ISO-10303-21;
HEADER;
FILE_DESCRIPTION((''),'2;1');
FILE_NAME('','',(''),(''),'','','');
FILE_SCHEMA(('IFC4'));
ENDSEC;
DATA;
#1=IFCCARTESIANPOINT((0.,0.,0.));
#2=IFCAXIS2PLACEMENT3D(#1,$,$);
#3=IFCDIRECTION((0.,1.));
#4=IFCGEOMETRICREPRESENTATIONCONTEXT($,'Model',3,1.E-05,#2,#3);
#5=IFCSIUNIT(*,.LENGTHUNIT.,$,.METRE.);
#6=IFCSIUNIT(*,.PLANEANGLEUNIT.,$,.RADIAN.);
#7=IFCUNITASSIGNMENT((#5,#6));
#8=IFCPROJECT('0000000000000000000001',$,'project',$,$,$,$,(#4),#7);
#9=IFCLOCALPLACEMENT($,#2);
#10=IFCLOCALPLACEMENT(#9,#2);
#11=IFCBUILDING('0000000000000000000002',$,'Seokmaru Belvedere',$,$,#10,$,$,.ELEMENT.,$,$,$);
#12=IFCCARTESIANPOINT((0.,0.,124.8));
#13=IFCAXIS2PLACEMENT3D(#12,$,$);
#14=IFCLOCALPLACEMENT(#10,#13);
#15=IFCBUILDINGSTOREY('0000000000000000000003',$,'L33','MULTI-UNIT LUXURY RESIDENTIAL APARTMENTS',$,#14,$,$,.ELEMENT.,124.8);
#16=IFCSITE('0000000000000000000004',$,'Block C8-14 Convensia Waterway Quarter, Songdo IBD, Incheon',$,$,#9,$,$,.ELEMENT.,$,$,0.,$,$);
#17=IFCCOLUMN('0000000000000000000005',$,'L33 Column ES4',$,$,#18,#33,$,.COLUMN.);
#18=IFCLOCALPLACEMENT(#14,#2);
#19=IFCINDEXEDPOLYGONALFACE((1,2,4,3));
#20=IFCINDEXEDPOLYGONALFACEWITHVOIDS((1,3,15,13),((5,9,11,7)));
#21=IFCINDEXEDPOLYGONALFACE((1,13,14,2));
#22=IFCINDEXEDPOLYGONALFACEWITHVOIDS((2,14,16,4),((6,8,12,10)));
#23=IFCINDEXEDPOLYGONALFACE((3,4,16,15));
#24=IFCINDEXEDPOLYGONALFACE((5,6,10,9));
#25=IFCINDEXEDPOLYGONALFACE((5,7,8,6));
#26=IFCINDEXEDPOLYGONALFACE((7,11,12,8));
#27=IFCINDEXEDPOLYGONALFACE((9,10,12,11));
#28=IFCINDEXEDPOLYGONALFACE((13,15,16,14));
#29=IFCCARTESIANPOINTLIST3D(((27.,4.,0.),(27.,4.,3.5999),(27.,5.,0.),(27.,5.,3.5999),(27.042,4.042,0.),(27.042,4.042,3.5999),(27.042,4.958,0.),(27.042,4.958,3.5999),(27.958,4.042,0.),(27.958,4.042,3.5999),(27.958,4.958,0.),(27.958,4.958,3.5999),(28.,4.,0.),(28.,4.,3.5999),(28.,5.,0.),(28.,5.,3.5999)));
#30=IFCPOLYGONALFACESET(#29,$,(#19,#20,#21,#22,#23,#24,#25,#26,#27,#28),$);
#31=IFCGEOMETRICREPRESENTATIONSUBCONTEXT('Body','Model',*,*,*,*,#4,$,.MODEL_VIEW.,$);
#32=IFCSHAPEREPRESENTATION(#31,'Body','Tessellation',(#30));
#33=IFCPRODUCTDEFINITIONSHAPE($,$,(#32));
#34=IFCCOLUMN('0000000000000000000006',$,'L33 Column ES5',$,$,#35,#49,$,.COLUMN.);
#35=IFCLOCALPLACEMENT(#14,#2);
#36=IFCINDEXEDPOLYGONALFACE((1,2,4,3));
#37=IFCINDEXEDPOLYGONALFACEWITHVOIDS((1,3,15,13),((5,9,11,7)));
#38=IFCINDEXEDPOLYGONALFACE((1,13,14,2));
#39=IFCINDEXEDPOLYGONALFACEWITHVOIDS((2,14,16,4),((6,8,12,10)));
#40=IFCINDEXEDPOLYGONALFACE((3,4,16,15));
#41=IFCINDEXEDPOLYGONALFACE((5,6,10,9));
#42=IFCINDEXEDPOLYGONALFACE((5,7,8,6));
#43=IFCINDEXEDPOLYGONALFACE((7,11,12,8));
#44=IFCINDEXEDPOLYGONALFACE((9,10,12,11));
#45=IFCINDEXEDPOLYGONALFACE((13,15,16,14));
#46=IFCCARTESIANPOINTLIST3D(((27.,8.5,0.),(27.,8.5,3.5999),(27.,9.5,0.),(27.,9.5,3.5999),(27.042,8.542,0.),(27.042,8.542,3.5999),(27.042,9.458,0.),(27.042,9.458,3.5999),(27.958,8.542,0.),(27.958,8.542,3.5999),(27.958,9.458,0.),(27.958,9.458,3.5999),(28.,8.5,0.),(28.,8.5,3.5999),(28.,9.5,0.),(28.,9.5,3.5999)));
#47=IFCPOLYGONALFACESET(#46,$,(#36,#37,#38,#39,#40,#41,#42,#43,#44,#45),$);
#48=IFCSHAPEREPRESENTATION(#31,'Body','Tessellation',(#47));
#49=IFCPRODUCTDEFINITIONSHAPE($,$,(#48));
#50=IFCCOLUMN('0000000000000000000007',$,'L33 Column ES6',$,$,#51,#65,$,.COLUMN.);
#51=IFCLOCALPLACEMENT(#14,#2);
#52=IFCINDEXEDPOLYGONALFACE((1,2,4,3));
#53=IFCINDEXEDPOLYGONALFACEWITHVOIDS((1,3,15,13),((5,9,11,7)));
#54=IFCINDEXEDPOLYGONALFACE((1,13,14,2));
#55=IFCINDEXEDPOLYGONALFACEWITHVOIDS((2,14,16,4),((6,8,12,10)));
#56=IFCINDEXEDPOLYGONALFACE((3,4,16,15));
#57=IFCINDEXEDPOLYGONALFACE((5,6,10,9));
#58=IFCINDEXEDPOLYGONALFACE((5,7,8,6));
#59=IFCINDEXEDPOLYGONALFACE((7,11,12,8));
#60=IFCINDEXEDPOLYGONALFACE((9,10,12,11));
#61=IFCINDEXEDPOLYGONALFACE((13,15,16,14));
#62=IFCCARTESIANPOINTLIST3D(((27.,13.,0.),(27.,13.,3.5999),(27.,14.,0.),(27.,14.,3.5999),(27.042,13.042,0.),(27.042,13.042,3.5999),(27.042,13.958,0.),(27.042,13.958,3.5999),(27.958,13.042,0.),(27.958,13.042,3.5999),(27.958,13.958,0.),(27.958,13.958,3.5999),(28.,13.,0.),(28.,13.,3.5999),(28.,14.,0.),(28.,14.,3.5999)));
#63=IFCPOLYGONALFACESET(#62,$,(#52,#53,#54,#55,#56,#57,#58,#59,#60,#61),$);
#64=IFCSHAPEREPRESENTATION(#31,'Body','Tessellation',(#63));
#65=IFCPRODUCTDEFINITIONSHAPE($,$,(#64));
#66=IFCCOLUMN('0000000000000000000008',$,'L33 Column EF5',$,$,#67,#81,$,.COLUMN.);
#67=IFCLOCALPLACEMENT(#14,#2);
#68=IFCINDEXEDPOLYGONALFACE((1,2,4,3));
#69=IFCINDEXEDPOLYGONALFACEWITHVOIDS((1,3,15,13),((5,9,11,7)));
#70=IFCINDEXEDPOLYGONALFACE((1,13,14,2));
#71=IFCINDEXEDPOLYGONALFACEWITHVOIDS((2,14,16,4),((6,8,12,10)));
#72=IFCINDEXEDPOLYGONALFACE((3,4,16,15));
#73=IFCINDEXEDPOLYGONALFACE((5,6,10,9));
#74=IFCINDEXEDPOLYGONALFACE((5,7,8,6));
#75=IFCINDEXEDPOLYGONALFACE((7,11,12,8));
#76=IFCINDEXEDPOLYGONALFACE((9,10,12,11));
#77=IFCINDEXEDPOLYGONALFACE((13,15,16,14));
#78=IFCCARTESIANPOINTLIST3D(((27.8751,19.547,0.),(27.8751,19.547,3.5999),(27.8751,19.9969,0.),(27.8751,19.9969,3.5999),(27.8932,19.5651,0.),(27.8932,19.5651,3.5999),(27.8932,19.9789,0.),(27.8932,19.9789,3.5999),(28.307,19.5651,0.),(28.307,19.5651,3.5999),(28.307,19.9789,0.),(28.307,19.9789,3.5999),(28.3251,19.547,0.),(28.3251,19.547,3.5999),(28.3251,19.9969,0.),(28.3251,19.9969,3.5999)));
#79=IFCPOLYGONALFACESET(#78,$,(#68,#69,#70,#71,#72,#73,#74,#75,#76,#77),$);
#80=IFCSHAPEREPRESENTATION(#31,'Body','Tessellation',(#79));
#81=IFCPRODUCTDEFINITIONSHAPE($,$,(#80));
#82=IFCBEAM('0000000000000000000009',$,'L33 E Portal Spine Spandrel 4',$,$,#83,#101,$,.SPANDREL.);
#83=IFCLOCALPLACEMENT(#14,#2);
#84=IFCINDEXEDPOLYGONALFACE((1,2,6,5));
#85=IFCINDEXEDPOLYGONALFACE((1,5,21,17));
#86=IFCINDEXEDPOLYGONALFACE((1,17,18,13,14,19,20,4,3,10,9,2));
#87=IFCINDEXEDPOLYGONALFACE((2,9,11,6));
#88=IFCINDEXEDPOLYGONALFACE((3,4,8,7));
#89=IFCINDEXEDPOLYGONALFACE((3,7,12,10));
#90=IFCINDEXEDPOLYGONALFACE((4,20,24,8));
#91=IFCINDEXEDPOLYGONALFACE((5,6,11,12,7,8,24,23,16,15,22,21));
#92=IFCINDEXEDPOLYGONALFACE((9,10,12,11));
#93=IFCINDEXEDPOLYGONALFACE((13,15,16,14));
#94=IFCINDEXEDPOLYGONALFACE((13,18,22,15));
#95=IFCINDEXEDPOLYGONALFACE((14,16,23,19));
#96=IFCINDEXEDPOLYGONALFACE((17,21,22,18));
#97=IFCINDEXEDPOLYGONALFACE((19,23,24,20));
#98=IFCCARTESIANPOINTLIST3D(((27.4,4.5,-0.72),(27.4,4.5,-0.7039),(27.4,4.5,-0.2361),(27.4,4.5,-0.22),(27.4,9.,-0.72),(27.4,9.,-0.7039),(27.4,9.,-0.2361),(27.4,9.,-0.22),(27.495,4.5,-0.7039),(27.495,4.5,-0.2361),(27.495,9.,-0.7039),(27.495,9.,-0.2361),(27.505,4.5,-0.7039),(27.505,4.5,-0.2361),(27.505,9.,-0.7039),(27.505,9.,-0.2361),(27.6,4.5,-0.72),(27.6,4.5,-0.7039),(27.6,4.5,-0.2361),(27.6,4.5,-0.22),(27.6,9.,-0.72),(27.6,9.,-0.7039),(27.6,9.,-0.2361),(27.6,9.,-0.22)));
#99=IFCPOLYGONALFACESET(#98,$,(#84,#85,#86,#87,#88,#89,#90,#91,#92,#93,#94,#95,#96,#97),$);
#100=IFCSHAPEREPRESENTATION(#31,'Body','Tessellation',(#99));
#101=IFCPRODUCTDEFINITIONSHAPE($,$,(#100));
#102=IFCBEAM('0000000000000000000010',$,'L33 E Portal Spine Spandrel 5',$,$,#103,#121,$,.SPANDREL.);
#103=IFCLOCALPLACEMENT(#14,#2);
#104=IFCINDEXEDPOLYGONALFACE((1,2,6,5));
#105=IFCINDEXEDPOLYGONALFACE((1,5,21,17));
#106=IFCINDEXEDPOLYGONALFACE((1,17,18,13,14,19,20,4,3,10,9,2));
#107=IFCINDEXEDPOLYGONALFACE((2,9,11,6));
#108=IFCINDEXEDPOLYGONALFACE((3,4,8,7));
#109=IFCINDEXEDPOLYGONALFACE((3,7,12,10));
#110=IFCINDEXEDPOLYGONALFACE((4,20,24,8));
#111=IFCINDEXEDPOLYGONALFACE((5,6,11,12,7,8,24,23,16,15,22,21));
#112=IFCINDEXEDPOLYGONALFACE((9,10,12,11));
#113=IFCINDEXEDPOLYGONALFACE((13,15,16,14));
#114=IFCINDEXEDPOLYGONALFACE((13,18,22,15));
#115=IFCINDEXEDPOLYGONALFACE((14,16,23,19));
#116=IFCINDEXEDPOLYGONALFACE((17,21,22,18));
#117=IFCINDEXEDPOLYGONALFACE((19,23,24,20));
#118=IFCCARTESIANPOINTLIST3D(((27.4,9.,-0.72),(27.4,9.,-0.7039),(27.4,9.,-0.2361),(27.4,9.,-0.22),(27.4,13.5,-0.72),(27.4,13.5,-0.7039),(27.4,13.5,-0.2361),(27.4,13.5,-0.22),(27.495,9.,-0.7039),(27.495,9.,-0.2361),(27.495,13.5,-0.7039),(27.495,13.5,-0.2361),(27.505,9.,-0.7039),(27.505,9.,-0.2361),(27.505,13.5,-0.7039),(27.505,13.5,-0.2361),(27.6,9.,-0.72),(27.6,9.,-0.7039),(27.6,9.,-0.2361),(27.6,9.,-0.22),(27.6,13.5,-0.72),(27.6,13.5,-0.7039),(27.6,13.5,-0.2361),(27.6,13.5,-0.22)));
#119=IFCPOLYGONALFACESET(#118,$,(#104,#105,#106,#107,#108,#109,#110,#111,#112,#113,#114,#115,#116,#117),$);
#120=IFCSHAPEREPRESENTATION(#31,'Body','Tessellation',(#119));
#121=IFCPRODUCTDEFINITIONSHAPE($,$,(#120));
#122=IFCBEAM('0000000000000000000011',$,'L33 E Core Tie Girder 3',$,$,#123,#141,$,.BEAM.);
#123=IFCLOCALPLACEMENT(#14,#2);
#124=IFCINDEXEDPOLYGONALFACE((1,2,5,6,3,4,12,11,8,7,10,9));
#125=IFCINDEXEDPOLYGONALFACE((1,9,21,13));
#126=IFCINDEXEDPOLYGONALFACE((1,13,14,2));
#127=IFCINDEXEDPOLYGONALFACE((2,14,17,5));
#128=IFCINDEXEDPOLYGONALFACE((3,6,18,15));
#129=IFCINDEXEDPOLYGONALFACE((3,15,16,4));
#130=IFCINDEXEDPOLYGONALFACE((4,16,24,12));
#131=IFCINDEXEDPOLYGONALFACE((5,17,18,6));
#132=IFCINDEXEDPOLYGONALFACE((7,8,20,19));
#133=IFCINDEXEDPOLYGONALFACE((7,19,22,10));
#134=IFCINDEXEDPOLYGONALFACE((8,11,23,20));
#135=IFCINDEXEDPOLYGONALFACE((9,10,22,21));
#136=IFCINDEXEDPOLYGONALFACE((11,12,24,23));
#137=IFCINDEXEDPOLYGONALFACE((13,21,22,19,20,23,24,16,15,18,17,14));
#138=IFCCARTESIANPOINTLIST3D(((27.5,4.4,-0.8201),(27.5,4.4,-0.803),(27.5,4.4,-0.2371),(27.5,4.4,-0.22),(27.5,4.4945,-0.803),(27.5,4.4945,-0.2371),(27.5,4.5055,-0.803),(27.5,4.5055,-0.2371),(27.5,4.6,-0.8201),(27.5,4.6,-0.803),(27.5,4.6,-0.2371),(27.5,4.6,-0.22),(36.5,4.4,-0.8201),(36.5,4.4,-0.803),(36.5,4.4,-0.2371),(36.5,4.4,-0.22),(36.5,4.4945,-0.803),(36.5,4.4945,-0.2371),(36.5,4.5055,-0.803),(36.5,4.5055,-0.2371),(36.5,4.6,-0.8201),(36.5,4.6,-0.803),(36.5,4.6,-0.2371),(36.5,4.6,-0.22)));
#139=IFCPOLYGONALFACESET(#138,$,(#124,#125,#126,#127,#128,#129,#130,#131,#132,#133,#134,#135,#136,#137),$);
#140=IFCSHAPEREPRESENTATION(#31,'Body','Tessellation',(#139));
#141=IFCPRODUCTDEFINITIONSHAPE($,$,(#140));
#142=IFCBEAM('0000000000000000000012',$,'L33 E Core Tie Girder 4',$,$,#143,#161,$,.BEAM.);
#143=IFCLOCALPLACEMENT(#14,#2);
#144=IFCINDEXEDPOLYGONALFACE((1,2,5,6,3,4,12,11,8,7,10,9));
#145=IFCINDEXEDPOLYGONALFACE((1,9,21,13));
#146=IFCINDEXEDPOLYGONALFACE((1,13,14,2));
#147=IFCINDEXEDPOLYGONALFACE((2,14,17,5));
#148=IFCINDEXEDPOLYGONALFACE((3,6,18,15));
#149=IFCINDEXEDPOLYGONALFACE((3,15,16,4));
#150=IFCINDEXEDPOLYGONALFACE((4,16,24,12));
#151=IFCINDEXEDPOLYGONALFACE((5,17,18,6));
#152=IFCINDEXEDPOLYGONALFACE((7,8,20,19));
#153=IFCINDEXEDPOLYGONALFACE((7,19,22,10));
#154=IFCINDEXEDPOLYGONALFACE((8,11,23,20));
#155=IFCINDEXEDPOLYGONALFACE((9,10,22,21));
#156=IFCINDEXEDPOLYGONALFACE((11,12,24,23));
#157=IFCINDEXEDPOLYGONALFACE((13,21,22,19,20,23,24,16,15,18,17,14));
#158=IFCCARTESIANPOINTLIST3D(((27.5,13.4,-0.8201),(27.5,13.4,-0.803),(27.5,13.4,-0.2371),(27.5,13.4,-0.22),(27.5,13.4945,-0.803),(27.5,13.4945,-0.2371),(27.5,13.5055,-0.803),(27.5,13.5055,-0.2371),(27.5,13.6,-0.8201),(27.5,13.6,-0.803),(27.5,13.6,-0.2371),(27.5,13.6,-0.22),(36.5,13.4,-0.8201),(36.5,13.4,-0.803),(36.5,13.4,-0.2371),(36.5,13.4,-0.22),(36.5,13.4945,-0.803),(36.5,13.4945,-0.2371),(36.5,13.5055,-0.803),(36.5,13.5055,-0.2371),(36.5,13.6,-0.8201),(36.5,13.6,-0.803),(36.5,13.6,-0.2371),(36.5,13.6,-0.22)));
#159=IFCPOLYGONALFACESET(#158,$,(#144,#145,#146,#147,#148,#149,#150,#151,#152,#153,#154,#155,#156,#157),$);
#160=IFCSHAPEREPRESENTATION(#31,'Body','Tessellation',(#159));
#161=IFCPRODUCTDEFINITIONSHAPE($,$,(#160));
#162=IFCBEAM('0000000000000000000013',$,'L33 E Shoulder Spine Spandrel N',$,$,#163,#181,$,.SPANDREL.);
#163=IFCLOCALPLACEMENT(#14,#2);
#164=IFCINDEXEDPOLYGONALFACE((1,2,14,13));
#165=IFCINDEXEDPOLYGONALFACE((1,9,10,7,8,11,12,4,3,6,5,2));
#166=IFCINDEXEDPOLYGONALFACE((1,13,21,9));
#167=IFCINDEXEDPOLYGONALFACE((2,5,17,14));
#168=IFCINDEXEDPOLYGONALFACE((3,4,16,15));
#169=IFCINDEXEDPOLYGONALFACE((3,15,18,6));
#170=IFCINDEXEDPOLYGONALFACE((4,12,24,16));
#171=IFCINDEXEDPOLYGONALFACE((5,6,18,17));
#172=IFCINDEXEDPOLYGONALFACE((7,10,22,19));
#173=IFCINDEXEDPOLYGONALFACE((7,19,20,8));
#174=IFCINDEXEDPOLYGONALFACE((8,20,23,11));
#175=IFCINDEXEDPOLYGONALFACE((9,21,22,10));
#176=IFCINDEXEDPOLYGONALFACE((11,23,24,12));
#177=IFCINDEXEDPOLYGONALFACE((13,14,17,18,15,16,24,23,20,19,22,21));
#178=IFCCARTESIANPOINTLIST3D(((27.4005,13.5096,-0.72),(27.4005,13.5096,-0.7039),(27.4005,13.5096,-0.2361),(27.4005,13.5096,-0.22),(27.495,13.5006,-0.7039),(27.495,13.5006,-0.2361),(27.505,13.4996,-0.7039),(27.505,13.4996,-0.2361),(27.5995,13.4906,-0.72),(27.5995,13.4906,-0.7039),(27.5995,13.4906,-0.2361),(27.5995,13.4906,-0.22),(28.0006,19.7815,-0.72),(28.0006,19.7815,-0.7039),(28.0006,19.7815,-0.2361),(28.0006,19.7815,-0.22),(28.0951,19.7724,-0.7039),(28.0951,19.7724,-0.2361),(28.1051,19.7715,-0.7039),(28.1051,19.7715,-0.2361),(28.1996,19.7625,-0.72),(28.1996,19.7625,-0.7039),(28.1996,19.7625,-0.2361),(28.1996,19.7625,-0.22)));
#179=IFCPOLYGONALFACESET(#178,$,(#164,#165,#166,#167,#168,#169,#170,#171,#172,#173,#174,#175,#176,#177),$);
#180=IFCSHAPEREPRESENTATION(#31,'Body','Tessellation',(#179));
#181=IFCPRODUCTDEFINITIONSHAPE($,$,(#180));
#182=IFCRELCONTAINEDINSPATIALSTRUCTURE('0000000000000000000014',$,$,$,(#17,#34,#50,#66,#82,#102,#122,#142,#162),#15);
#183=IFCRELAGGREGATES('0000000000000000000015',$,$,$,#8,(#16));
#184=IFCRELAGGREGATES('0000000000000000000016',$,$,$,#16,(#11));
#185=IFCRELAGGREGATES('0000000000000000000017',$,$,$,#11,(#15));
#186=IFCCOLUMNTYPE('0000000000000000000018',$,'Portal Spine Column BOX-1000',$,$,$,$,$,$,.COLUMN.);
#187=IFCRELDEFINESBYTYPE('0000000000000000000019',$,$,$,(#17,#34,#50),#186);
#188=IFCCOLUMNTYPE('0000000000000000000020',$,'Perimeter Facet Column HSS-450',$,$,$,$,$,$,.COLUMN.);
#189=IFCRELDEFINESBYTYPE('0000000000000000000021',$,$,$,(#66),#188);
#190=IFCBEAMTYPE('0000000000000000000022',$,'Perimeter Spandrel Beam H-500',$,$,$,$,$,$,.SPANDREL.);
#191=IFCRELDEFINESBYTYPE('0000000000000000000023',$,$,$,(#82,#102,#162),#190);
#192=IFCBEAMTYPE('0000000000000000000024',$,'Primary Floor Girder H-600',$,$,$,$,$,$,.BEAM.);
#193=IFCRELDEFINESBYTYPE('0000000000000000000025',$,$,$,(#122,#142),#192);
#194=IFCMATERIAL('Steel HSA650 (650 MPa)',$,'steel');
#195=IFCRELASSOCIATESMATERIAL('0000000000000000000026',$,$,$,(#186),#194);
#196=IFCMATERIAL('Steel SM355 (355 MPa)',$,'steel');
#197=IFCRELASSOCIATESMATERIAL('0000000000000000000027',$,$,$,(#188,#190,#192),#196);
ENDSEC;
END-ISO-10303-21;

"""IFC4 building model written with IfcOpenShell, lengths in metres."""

from ifc_helpers import new_model, si_unit, direction, frame, origin, origin_2d, place, context, subcontext, project, spatial, hollow_rectangle, i_section, extrude, source, transform, mapped, material, material_profile, profile_set, type_object, type_shapes, element, save


model = new_model("IFC4")

# Units and contexts
model_context = context("Model", 3, precision=1e-05, world=origin(), true_north=direction((0.0, 1.0)))
body_context = subcontext(model_context, "Body", "Model", "MODEL_VIEW")
ifc_project = project(units=[si_unit("LENGTHUNIT", "METRE"), si_unit("PLANEANGLEUNIT", "RADIAN")], contexts=[model_context])

# Site, building, storey
site_placement = place(None, origin())
site = spatial("IfcSite", under=ifc_project, at=site_placement, Name="Block C8-14 Convensia Waterway Quarter, Songdo IBD, Incheon", CompositionType="ELEMENT", RefElevation=0.0)
building_placement = place(site_placement, origin())
building = spatial("IfcBuilding", under=site, at=building_placement, Name="Seokmaru Belvedere", CompositionType="ELEMENT")
storey_placement = place(building_placement, frame((0.0, 0.0, 124.8)))
storey = spatial("IfcBuildingStorey", under=building, at=storey_placement, Name="L33", Description="MULTI-UNIT LUXURY RESIDENTIAL APARTMENTS", CompositionType="ELEMENT", Elevation=124.8)

# Columns
ifc_material_1 = material(Name="Steel HSA650 (650 MPa)", Category="steel")
ifc_material_profile_1 = material_profile(ifc_material_1, hollow_rectangle(XDim=1.0, YDim=1.0, WallThickness=0.042, at=origin_2d()), Name="BOX-1000x1000x42")
ifc_profile_set_1 = profile_set([ifc_material_profile_1], Name="Steel HSA650 (650 MPa)")
column_type_1 = type_object("IfcColumnType", Name="Portal Spine Column BOX-1000", PredefinedType="COLUMN", material=ifc_profile_set_1)
shared_shape_1 = source(origin(), body_context, "Body", "SweptSolid", [
    extrude(hollow_rectangle(XDim=1.0, YDim=1.0, WallThickness=0.042, at=origin_2d()), origin(), (0.0, 0.0, 1.0), 3.5999),
])
type_shapes(column_type_1, [shared_shape_1])
for number, where, z_axis, x_axis, name in (
    (1, (27.5, 4.5, 0.0), (0.0, 0.0, 1.0), (1.0, 0.0, 0.0), "L33 Column ES4"),
    (2, (27.5, 9.0, 0.0), (0.0, 0.0, 1.0), (1.0, 0.0, 0.0), "L33 Column ES5"),
    (3, (27.5, 13.5, 0.0), (0.0, 0.0, 1.0), (1.0, 0.0, 0.0), "L33 Column ES6"),
):
    element("IfcColumn", number, at=place(storey_placement, frame(where, z_axis=z_axis, x_axis=x_axis)), inside=storey, type_object=column_type_1, Name=name, PredefinedType="COLUMN", context=body_context, shape_type="MappedRepresentation", body=[
        mapped(shared_shape_1, transform((0.0, 0.0, 0.0), scale=1.0)),
    ])
ifc_material_2 = material(Name="Steel SM355 (355 MPa)", Category="steel")
ifc_material_profile_2 = material_profile(ifc_material_2, hollow_rectangle(XDim=0.45, YDim=0.45, WallThickness=0.0181, at=origin_2d()), Name="HSS-450x450x18")
ifc_profile_set_2 = profile_set([ifc_material_profile_2], Name="Steel SM355 (355 MPa)")
column_type_2 = type_object("IfcColumnType", Name="Perimeter Facet Column HSS-450", PredefinedType="COLUMN", material=ifc_profile_set_2)
shared_shape_2 = source(origin(), body_context, "Body", "SweptSolid", [
    extrude(hollow_rectangle(XDim=0.45, YDim=0.45, WallThickness=0.0181, at=origin_2d()), origin(), (0.0, 0.0, 1.0), 3.5999),
])
type_shapes(column_type_2, [shared_shape_2])
column_placement = place(storey_placement, frame((28.1001, 19.772, 0.0), z_axis=(0.0, 0.0, 1.0), x_axis=(1.0, 0.0, 0.0)))
element("IfcColumn", 4, at=column_placement, inside=storey, type_object=column_type_2, Name="L33 Column EF5", PredefinedType="COLUMN", context=body_context, shape_type="MappedRepresentation", body=[
    mapped(shared_shape_2, transform((0.0, 0.0, 0.0), scale=1.0)),
])

# Beams
ifc_material_profile_3 = material_profile(ifc_material_2, i_section(OverallWidth=0.2, OverallDepth=0.5, WebThickness=0.01, FlangeThickness=0.0161, at=origin_2d()), Name="H-500x200x10x16")
ifc_profile_set_3 = profile_set([ifc_material_profile_3], Name="Steel SM355 (355 MPa)")
beam_type_1 = type_object("IfcBeamType", Name="Perimeter Spandrel Beam H-500", PredefinedType="SPANDREL", material=ifc_profile_set_3)
shared_shape_3 = source(origin(), body_context, "Body", "SweptSolid", [
    extrude(i_section(OverallWidth=0.2, OverallDepth=0.5, WebThickness=0.01, FlangeThickness=0.0161, at=origin_2d()), origin(), (0.0, 0.0, 1.0), 4.5),
])
for number, where, z_axis, x_axis, name in (
    (5, (27.5, 4.5, -0.47), (0.0, 1.0, 0.0), (-1.0, 0.0, 0.0), "L33 E Portal Spine Spandrel 4"),
    (6, (27.5, 9.0, -0.47), (0.0, 1.0, 0.0), (-1.0, 0.0, 0.0), "L33 E Portal Spine Spandrel 5"),
):
    element("IfcBeam", number, at=place(storey_placement, frame(where, z_axis=z_axis, x_axis=x_axis)), inside=storey, type_object=beam_type_1, Name=name, PredefinedType="SPANDREL", context=body_context, shape_type="MappedRepresentation", body=[
        mapped(shared_shape_3, transform((0.0, 0.0, 0.0), scale=1.0)),
    ])
ifc_material_profile_4 = material_profile(ifc_material_2, i_section(OverallWidth=0.2, OverallDepth=0.6001, WebThickness=0.011, FlangeThickness=0.0171, at=origin_2d()), Name="H-600x200x11x17")
ifc_profile_set_4 = profile_set([ifc_material_profile_4], Name="Steel SM355 (355 MPa)")
beam_type_2 = type_object("IfcBeamType", Name="Primary Floor Girder H-600", PredefinedType="BEAM", material=ifc_profile_set_4)
shared_shape_4 = source(origin(), body_context, "Body", "SweptSolid", [
    extrude(i_section(OverallWidth=0.2, OverallDepth=0.6001, WebThickness=0.011, FlangeThickness=0.0171, at=origin_2d()), origin(), (0.0, 0.0, 1.0), 9.0),
])
type_shapes(beam_type_2, [shared_shape_4])
for number, where, z_axis, x_axis, name in (
    (7, (27.5, 4.5, -0.52), (1.0, 0.0, 0.0), (0.0, 1.0, 0.0), "L33 E Core Tie Girder 3"),
    (8, (27.5, 13.5, -0.52), (1.0, 0.0, 0.0), (0.0, 1.0, 0.0), "L33 E Core Tie Girder 4"),
):
    element("IfcBeam", number, at=place(storey_placement, frame(where, z_axis=z_axis, x_axis=x_axis)), inside=storey, type_object=beam_type_2, Name=name, PredefinedType="BEAM", context=body_context, shape_type="MappedRepresentation", body=[
        mapped(shared_shape_4, transform((0.0, 0.0, 0.0), scale=1.0)),
    ])
shared_shape_5 = source(origin(), body_context, "Body", "SweptSolid", [
    extrude(i_section(OverallWidth=0.2, OverallDepth=0.5, WebThickness=0.01, FlangeThickness=0.0161, at=origin_2d()), origin(), (0.0, 0.0, 1.0), 6.3005),
])
type_shapes(beam_type_1, [shared_shape_3, shared_shape_5])
beam_placement = place(storey_placement, frame((28.1001, 19.772, -0.47), z_axis=(-0.095244, -0.995454, 0.0), x_axis=(0.995454, -0.095244, 0.0)))
element("IfcBeam", 9, at=beam_placement, inside=storey, type_object=beam_type_1, Name="L33 E Shoulder Spine Spandrel N", PredefinedType="SPANDREL", context=body_context, shape_type="MappedRepresentation", body=[
    mapped(shared_shape_5, transform((0.0, 0.0, 0.0), scale=1.0)),
])

save(model, "model.ifc")
